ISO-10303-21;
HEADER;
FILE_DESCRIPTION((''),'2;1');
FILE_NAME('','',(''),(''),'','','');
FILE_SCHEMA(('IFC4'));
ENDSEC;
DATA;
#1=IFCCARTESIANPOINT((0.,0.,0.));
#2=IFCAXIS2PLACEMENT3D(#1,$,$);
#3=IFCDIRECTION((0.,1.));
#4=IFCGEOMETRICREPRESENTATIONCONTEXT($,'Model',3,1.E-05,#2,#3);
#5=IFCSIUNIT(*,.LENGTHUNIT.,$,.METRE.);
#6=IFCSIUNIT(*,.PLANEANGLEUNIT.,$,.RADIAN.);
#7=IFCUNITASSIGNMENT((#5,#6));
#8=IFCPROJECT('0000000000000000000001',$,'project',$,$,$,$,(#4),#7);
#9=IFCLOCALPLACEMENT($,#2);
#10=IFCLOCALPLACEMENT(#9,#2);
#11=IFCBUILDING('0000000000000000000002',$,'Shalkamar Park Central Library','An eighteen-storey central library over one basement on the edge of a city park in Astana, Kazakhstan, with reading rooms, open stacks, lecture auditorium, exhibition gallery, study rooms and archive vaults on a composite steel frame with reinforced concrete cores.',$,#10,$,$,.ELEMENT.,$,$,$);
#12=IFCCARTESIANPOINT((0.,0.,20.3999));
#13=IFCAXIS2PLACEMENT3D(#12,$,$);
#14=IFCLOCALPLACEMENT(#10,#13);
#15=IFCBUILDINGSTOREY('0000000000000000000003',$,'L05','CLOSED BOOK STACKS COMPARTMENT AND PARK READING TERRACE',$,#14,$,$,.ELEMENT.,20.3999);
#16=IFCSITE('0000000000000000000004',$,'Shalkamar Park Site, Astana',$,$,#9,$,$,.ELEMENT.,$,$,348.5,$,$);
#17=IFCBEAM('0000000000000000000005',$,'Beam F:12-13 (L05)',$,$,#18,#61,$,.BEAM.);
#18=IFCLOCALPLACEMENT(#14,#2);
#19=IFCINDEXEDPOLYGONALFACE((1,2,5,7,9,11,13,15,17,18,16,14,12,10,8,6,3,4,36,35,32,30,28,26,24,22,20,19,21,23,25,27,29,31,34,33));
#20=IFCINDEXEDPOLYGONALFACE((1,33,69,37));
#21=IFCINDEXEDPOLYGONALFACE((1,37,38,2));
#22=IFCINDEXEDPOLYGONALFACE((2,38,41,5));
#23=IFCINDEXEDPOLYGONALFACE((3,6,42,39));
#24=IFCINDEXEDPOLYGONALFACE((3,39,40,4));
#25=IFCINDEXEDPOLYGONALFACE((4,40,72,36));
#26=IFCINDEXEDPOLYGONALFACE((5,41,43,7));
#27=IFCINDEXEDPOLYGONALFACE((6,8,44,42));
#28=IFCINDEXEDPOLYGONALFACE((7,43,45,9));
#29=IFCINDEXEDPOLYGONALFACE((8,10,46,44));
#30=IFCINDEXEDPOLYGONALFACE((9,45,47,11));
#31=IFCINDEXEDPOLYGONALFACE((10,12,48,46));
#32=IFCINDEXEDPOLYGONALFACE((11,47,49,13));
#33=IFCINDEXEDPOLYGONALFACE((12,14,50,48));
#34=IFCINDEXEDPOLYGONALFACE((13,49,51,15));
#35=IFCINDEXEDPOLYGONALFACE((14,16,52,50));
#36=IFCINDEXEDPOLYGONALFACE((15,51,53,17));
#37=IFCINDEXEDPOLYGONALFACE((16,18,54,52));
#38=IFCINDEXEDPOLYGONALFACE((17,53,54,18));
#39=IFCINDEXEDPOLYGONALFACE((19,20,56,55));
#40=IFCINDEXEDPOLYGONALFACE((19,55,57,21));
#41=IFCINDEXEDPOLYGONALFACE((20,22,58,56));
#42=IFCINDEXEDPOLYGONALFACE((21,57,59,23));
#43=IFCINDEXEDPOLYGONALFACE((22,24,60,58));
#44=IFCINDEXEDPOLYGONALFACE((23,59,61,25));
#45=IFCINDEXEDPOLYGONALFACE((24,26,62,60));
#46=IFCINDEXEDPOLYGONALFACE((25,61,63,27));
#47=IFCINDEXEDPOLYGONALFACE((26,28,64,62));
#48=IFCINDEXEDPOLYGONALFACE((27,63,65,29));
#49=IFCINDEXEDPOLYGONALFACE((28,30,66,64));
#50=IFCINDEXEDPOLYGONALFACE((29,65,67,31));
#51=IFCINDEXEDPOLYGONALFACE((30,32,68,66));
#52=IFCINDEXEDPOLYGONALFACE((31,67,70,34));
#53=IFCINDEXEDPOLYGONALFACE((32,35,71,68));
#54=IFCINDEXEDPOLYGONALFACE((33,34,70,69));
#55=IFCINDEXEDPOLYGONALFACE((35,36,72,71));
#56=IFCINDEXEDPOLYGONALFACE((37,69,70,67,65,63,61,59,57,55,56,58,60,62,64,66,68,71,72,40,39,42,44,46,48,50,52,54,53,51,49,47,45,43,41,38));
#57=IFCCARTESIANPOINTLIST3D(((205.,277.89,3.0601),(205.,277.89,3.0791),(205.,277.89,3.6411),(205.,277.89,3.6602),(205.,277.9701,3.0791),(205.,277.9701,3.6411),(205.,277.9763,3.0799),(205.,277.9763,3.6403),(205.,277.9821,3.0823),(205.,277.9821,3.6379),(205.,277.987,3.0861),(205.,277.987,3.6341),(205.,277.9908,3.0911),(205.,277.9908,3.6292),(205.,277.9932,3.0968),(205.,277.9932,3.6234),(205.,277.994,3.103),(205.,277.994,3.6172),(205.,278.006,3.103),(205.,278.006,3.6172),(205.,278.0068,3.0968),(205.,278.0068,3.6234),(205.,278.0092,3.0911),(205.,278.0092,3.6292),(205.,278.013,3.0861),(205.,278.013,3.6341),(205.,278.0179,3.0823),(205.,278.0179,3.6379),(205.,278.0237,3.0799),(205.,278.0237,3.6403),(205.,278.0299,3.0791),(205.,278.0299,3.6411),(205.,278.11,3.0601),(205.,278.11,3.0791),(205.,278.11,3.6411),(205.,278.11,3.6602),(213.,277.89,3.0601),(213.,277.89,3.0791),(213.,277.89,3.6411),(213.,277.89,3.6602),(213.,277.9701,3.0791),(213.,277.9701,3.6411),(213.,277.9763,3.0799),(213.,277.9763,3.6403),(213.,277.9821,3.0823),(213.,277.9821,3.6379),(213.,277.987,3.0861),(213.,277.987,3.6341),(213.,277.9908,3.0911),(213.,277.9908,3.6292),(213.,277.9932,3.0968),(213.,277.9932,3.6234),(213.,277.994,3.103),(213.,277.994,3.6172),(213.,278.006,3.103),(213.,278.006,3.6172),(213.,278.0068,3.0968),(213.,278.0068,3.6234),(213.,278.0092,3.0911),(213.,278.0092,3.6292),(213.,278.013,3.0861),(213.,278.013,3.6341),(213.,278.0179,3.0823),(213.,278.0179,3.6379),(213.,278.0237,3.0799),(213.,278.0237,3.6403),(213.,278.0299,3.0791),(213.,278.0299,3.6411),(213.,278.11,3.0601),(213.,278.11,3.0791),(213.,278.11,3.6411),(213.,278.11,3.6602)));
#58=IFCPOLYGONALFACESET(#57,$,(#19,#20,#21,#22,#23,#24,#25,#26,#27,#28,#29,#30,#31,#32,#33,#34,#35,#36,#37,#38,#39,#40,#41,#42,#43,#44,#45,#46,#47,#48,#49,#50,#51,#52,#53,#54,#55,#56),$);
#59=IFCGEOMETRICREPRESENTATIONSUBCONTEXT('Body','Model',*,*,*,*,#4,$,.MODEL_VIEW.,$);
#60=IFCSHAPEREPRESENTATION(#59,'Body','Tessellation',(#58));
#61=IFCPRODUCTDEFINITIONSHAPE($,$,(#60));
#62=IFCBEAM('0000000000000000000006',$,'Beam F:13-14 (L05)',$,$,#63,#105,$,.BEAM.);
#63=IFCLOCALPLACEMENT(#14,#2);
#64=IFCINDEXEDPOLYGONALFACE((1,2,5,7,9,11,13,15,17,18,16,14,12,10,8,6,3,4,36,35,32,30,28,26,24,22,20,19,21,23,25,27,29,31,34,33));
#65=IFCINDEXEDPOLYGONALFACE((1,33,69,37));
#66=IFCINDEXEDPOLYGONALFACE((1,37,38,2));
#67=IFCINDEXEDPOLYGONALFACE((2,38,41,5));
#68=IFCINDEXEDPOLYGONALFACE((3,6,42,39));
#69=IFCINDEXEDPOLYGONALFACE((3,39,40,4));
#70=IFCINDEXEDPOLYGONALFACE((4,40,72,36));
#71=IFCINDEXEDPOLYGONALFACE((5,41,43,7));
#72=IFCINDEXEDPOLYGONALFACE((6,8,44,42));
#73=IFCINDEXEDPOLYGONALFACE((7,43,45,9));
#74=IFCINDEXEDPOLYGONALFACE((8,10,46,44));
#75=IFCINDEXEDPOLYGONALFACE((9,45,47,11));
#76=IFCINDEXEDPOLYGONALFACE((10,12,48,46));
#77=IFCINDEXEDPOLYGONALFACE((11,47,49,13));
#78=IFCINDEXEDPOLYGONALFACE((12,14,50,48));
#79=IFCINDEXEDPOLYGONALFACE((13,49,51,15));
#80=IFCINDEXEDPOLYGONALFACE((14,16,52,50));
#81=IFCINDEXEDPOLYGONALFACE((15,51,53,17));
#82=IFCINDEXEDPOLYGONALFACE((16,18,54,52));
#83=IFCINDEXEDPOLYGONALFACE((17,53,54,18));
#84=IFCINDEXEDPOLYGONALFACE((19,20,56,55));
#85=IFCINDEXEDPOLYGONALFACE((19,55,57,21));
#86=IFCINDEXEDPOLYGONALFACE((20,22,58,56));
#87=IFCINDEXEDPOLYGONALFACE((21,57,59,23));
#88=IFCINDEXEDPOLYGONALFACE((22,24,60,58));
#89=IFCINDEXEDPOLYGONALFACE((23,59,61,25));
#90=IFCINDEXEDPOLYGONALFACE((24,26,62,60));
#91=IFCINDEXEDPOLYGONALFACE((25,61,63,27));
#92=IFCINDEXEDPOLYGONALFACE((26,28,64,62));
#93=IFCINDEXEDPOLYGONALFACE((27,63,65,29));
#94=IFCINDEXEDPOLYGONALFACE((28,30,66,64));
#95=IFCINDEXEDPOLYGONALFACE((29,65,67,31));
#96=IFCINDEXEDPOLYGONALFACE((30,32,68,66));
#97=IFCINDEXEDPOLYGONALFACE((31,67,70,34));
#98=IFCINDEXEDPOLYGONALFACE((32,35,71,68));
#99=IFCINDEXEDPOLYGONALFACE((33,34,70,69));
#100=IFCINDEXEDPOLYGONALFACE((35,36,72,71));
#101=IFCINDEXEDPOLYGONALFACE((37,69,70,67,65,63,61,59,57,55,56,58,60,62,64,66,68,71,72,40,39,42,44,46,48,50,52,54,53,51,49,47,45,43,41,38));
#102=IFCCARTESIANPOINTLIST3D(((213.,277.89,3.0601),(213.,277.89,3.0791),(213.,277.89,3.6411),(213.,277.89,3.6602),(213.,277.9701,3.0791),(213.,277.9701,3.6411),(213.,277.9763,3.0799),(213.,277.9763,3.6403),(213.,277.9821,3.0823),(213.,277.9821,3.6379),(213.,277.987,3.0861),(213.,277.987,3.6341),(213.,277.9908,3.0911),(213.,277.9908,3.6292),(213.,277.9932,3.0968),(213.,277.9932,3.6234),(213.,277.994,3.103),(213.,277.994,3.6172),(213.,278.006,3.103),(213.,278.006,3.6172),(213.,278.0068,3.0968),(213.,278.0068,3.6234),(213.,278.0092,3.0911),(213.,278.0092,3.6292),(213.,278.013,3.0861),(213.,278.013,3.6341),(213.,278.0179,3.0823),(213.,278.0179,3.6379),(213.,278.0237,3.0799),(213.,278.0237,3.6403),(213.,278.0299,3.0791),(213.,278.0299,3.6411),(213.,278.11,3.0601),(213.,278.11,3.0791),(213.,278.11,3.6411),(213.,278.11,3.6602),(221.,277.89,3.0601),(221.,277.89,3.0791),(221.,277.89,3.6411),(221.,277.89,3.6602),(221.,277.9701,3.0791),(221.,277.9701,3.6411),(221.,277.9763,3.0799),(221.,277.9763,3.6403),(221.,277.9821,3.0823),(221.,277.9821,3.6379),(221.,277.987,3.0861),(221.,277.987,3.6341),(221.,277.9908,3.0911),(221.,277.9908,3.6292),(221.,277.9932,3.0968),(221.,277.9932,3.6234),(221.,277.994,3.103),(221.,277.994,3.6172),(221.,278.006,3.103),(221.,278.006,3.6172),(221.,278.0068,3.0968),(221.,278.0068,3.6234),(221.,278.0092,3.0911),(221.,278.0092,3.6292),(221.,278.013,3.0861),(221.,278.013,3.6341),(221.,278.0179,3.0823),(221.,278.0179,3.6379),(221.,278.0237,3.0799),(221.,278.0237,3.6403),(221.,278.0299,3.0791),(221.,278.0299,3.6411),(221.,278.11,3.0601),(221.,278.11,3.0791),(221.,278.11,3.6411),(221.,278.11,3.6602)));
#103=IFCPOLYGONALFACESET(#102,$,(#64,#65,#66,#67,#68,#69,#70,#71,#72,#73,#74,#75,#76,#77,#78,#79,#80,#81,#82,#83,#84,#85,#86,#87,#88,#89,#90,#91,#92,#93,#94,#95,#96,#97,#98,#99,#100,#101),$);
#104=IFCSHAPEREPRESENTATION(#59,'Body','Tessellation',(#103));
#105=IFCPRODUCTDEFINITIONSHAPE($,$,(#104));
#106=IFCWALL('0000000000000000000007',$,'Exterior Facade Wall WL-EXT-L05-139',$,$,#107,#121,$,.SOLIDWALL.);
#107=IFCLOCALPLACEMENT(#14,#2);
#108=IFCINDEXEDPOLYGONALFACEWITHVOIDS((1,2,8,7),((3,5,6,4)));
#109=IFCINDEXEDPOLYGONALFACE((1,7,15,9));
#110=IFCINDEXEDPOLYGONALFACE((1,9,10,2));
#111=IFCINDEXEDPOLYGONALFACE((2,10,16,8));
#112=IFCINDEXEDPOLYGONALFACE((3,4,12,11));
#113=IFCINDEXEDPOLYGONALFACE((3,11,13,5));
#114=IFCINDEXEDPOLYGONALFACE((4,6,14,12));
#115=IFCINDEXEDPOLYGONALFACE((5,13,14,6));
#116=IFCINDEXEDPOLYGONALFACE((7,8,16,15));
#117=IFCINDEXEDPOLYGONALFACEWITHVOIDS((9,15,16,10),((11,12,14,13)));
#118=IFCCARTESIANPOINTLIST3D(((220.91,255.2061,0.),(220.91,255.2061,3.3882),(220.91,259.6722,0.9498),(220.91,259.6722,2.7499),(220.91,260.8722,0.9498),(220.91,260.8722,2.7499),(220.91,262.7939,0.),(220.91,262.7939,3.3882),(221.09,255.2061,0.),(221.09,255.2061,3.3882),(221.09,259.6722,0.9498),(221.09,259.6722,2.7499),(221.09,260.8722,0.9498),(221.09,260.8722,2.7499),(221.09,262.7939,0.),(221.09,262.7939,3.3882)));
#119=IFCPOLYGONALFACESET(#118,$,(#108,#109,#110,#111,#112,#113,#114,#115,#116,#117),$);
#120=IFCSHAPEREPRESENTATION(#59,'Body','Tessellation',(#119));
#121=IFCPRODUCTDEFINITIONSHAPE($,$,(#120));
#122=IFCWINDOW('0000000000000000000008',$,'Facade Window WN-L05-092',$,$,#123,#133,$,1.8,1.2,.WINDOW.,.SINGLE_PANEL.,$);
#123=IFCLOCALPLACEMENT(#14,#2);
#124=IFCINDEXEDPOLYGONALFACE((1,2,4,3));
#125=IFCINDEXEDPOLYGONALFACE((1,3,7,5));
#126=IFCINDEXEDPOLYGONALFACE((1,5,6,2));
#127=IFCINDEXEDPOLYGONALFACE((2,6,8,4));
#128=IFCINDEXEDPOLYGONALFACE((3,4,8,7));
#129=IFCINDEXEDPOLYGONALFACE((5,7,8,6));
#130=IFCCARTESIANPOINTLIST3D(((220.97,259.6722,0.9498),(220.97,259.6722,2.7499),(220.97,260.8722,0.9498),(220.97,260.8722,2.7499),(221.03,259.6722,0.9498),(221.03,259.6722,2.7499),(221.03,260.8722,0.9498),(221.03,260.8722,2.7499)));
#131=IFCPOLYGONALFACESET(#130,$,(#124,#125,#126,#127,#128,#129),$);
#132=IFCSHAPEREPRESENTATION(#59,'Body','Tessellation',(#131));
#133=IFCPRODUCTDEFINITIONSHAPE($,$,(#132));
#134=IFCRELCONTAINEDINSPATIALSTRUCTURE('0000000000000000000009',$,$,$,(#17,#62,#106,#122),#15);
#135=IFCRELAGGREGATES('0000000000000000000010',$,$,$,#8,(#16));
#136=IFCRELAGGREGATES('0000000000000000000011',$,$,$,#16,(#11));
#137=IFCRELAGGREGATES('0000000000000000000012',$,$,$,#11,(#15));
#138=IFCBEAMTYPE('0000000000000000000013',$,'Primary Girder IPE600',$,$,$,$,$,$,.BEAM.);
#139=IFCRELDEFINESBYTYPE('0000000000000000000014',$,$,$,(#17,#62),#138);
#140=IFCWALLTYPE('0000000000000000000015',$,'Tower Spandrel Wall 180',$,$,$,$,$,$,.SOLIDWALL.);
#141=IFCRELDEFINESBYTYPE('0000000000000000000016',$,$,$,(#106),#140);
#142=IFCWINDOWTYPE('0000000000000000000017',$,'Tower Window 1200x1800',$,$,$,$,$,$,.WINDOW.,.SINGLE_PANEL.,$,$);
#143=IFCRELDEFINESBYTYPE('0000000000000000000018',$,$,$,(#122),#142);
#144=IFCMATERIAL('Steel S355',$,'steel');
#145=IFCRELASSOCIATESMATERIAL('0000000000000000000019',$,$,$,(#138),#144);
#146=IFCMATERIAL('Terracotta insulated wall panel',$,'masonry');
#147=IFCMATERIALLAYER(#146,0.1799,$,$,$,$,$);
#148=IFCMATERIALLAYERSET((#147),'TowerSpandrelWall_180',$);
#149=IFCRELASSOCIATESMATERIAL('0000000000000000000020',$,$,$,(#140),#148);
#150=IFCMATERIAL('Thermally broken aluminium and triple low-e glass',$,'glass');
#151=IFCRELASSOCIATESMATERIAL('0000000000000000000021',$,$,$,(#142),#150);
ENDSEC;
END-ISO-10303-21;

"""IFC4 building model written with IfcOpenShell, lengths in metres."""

from ifc_helpers import new_model, si_unit, direction, frame, frame_2d, origin, origin_2d, place, context, subcontext, project, spatial, rectangle, i_section, extrude, material, layer, layer_set, material_profile, profile_set, type_object, element, fill, save


model = new_model("IFC4")

# Units and contexts
model_context = context("Model", 3, precision=1e-05, world=origin(), true_north=direction((0.0, 1.0)))
body_context = subcontext(model_context, "Body", "Model", "MODEL_VIEW")
ifc_project = project(units=[si_unit("LENGTHUNIT", "METRE"), si_unit("PLANEANGLEUNIT", "RADIAN")], contexts=[model_context])

# Site, building, storey
site_placement = place(None, origin())
site = spatial("IfcSite", under=ifc_project, at=site_placement, Name="Shalkamar Park Site, Astana", CompositionType="ELEMENT", RefElevation=348.5)
building_placement = place(site_placement, origin())
building = spatial("IfcBuilding", under=site, at=building_placement, Name="Shalkamar Park Central Library", Description="An eighteen-storey central library over one basement on the edge of a city park in Astana, Kazakhstan, with reading rooms, open stacks, lecture auditorium, exhibition gallery, study rooms and archive vaults on a composite steel frame with reinforced concrete cores.", CompositionType="ELEMENT")
storey_placement = place(building_placement, frame((0.0, 0.0, 20.3999)))
storey = spatial("IfcBuildingStorey", under=building, at=storey_placement, Name="L05", Description="CLOSED BOOK STACKS COMPARTMENT AND PARK READING TERRACE", CompositionType="ELEMENT", Elevation=20.3999)

# Shared definitions
ifc_material_1 = material(Name="Steel S355", Category="steel")

# Beams
ifc_material_profile_1 = material_profile(ifc_material_1, i_section(OverallWidth=0.22, OverallDepth=0.6001, WebThickness=0.012, FlangeThickness=0.019, FilletRadius=0.0239, at=origin_2d()), Name="IPE 600")
ifc_profile_set_1 = profile_set([ifc_material_profile_1], Name="Steel S355")
beam_type_1 = type_object("IfcBeamType", Name="Primary Girder IPE600", PredefinedType="BEAM", material=ifc_profile_set_1)
for number, where, z_axis, x_axis, name in (
    (1, (205.0, 278.0, 3.3601), (1.0, 0.0, 0.0), (0.0, 1.0, 0.0), "Beam F:12-13 (L05)"),
    (2, (213.0, 278.0, 3.3601), (1.0, 0.0, 0.0), (0.0, 1.0, 0.0), "Beam F:13-14 (L05)"),
):
    element("IfcBeam", number, at=place(storey_placement, frame(where, z_axis=z_axis, x_axis=x_axis)), inside=storey, type_object=beam_type_1, Name=name, PredefinedType="BEAM", context=body_context, shape_type="SweptSolid", body=[
        extrude(i_section(OverallWidth=0.22, OverallDepth=0.6001, WebThickness=0.012, FlangeThickness=0.019, FilletRadius=0.0239, at=origin_2d()), origin(), (0.0, 0.0, 1.0), 8.0),
    ])

# Wall, opening, window
ifc_material_2 = material(Name="Terracotta insulated wall panel", Category="masonry")
ifc_layer = layer(ifc_material_2, 0.1799)
ifc_layer_set = layer_set([ifc_layer], Name="TowerSpandrelWall_180")
wall_type = type_object("IfcWallType", Name="Tower Spandrel Wall 180", PredefinedType="SOLIDWALL", material=ifc_layer_set)
wall_placement = place(storey_placement, frame((221.0, 255.2061, 0.0), z_axis=(0.0, 0.0, 1.0), x_axis=(0.0, 1.0, 0.0)))
wall = element("IfcWall", 3, at=wall_placement, inside=storey, type_object=wall_type, Name="Exterior Facade Wall WL-EXT-L05-139", PredefinedType="SOLIDWALL", context=body_context, shape_type="SweptSolid", body=[
    extrude(rectangle(XDim=7.5879, YDim=0.1799, at=frame_2d((3.7939, 0.0))), origin(), (0.0, 0.0, 1.0), 3.3882),
])
opening_placement = place(wall_placement, frame((4.4661, 0.0, 0.95)))
opening = element("IfcOpeningElement", 4, at=opening_placement, cuts=wall, PredefinedType="OPENING", context=body_context, shape_type="SweptSolid", body=[
    extrude(rectangle(XDim=1.2, YDim=1.8, at=frame_2d((0.6001, 0.8999))), frame((0.0, 0.105, 0.0), z_axis=(0.0, -1.0, 0.0), x_axis=(1.0, 0.0, 0.0)), (0.0, 0.0, 1.0), 0.2097),
])
ifc_material_3 = material(Name="Thermally broken aluminium and triple low-e glass", Category="glass")
window_type = type_object("IfcWindowType", Name="Tower Window 1200x1800", PartitioningType="SINGLE_PANEL", PredefinedType="WINDOW", material=ifc_material_3)
window_placement = place(opening_placement, origin())
window = element("IfcWindow", 5, at=window_placement, inside=storey, type_object=window_type, Name="Facade Window WN-L05-092", OverallHeight=1.8, OverallWidth=1.2, PartitioningType="SINGLE_PANEL", PredefinedType="WINDOW", context=body_context, shape_type="SweptSolid", body=[
    extrude(rectangle(XDim=1.2, YDim=1.8, at=frame_2d((0.6001, 0.8999))), frame((0.0, 0.03, 0.0), z_axis=(0.0, -1.0, 0.0), x_axis=(1.0, 0.0, 0.0)), (0.0, 0.0, 1.0), 0.0601),
])
fill(opening, window)

save(model, "model.ifc")
